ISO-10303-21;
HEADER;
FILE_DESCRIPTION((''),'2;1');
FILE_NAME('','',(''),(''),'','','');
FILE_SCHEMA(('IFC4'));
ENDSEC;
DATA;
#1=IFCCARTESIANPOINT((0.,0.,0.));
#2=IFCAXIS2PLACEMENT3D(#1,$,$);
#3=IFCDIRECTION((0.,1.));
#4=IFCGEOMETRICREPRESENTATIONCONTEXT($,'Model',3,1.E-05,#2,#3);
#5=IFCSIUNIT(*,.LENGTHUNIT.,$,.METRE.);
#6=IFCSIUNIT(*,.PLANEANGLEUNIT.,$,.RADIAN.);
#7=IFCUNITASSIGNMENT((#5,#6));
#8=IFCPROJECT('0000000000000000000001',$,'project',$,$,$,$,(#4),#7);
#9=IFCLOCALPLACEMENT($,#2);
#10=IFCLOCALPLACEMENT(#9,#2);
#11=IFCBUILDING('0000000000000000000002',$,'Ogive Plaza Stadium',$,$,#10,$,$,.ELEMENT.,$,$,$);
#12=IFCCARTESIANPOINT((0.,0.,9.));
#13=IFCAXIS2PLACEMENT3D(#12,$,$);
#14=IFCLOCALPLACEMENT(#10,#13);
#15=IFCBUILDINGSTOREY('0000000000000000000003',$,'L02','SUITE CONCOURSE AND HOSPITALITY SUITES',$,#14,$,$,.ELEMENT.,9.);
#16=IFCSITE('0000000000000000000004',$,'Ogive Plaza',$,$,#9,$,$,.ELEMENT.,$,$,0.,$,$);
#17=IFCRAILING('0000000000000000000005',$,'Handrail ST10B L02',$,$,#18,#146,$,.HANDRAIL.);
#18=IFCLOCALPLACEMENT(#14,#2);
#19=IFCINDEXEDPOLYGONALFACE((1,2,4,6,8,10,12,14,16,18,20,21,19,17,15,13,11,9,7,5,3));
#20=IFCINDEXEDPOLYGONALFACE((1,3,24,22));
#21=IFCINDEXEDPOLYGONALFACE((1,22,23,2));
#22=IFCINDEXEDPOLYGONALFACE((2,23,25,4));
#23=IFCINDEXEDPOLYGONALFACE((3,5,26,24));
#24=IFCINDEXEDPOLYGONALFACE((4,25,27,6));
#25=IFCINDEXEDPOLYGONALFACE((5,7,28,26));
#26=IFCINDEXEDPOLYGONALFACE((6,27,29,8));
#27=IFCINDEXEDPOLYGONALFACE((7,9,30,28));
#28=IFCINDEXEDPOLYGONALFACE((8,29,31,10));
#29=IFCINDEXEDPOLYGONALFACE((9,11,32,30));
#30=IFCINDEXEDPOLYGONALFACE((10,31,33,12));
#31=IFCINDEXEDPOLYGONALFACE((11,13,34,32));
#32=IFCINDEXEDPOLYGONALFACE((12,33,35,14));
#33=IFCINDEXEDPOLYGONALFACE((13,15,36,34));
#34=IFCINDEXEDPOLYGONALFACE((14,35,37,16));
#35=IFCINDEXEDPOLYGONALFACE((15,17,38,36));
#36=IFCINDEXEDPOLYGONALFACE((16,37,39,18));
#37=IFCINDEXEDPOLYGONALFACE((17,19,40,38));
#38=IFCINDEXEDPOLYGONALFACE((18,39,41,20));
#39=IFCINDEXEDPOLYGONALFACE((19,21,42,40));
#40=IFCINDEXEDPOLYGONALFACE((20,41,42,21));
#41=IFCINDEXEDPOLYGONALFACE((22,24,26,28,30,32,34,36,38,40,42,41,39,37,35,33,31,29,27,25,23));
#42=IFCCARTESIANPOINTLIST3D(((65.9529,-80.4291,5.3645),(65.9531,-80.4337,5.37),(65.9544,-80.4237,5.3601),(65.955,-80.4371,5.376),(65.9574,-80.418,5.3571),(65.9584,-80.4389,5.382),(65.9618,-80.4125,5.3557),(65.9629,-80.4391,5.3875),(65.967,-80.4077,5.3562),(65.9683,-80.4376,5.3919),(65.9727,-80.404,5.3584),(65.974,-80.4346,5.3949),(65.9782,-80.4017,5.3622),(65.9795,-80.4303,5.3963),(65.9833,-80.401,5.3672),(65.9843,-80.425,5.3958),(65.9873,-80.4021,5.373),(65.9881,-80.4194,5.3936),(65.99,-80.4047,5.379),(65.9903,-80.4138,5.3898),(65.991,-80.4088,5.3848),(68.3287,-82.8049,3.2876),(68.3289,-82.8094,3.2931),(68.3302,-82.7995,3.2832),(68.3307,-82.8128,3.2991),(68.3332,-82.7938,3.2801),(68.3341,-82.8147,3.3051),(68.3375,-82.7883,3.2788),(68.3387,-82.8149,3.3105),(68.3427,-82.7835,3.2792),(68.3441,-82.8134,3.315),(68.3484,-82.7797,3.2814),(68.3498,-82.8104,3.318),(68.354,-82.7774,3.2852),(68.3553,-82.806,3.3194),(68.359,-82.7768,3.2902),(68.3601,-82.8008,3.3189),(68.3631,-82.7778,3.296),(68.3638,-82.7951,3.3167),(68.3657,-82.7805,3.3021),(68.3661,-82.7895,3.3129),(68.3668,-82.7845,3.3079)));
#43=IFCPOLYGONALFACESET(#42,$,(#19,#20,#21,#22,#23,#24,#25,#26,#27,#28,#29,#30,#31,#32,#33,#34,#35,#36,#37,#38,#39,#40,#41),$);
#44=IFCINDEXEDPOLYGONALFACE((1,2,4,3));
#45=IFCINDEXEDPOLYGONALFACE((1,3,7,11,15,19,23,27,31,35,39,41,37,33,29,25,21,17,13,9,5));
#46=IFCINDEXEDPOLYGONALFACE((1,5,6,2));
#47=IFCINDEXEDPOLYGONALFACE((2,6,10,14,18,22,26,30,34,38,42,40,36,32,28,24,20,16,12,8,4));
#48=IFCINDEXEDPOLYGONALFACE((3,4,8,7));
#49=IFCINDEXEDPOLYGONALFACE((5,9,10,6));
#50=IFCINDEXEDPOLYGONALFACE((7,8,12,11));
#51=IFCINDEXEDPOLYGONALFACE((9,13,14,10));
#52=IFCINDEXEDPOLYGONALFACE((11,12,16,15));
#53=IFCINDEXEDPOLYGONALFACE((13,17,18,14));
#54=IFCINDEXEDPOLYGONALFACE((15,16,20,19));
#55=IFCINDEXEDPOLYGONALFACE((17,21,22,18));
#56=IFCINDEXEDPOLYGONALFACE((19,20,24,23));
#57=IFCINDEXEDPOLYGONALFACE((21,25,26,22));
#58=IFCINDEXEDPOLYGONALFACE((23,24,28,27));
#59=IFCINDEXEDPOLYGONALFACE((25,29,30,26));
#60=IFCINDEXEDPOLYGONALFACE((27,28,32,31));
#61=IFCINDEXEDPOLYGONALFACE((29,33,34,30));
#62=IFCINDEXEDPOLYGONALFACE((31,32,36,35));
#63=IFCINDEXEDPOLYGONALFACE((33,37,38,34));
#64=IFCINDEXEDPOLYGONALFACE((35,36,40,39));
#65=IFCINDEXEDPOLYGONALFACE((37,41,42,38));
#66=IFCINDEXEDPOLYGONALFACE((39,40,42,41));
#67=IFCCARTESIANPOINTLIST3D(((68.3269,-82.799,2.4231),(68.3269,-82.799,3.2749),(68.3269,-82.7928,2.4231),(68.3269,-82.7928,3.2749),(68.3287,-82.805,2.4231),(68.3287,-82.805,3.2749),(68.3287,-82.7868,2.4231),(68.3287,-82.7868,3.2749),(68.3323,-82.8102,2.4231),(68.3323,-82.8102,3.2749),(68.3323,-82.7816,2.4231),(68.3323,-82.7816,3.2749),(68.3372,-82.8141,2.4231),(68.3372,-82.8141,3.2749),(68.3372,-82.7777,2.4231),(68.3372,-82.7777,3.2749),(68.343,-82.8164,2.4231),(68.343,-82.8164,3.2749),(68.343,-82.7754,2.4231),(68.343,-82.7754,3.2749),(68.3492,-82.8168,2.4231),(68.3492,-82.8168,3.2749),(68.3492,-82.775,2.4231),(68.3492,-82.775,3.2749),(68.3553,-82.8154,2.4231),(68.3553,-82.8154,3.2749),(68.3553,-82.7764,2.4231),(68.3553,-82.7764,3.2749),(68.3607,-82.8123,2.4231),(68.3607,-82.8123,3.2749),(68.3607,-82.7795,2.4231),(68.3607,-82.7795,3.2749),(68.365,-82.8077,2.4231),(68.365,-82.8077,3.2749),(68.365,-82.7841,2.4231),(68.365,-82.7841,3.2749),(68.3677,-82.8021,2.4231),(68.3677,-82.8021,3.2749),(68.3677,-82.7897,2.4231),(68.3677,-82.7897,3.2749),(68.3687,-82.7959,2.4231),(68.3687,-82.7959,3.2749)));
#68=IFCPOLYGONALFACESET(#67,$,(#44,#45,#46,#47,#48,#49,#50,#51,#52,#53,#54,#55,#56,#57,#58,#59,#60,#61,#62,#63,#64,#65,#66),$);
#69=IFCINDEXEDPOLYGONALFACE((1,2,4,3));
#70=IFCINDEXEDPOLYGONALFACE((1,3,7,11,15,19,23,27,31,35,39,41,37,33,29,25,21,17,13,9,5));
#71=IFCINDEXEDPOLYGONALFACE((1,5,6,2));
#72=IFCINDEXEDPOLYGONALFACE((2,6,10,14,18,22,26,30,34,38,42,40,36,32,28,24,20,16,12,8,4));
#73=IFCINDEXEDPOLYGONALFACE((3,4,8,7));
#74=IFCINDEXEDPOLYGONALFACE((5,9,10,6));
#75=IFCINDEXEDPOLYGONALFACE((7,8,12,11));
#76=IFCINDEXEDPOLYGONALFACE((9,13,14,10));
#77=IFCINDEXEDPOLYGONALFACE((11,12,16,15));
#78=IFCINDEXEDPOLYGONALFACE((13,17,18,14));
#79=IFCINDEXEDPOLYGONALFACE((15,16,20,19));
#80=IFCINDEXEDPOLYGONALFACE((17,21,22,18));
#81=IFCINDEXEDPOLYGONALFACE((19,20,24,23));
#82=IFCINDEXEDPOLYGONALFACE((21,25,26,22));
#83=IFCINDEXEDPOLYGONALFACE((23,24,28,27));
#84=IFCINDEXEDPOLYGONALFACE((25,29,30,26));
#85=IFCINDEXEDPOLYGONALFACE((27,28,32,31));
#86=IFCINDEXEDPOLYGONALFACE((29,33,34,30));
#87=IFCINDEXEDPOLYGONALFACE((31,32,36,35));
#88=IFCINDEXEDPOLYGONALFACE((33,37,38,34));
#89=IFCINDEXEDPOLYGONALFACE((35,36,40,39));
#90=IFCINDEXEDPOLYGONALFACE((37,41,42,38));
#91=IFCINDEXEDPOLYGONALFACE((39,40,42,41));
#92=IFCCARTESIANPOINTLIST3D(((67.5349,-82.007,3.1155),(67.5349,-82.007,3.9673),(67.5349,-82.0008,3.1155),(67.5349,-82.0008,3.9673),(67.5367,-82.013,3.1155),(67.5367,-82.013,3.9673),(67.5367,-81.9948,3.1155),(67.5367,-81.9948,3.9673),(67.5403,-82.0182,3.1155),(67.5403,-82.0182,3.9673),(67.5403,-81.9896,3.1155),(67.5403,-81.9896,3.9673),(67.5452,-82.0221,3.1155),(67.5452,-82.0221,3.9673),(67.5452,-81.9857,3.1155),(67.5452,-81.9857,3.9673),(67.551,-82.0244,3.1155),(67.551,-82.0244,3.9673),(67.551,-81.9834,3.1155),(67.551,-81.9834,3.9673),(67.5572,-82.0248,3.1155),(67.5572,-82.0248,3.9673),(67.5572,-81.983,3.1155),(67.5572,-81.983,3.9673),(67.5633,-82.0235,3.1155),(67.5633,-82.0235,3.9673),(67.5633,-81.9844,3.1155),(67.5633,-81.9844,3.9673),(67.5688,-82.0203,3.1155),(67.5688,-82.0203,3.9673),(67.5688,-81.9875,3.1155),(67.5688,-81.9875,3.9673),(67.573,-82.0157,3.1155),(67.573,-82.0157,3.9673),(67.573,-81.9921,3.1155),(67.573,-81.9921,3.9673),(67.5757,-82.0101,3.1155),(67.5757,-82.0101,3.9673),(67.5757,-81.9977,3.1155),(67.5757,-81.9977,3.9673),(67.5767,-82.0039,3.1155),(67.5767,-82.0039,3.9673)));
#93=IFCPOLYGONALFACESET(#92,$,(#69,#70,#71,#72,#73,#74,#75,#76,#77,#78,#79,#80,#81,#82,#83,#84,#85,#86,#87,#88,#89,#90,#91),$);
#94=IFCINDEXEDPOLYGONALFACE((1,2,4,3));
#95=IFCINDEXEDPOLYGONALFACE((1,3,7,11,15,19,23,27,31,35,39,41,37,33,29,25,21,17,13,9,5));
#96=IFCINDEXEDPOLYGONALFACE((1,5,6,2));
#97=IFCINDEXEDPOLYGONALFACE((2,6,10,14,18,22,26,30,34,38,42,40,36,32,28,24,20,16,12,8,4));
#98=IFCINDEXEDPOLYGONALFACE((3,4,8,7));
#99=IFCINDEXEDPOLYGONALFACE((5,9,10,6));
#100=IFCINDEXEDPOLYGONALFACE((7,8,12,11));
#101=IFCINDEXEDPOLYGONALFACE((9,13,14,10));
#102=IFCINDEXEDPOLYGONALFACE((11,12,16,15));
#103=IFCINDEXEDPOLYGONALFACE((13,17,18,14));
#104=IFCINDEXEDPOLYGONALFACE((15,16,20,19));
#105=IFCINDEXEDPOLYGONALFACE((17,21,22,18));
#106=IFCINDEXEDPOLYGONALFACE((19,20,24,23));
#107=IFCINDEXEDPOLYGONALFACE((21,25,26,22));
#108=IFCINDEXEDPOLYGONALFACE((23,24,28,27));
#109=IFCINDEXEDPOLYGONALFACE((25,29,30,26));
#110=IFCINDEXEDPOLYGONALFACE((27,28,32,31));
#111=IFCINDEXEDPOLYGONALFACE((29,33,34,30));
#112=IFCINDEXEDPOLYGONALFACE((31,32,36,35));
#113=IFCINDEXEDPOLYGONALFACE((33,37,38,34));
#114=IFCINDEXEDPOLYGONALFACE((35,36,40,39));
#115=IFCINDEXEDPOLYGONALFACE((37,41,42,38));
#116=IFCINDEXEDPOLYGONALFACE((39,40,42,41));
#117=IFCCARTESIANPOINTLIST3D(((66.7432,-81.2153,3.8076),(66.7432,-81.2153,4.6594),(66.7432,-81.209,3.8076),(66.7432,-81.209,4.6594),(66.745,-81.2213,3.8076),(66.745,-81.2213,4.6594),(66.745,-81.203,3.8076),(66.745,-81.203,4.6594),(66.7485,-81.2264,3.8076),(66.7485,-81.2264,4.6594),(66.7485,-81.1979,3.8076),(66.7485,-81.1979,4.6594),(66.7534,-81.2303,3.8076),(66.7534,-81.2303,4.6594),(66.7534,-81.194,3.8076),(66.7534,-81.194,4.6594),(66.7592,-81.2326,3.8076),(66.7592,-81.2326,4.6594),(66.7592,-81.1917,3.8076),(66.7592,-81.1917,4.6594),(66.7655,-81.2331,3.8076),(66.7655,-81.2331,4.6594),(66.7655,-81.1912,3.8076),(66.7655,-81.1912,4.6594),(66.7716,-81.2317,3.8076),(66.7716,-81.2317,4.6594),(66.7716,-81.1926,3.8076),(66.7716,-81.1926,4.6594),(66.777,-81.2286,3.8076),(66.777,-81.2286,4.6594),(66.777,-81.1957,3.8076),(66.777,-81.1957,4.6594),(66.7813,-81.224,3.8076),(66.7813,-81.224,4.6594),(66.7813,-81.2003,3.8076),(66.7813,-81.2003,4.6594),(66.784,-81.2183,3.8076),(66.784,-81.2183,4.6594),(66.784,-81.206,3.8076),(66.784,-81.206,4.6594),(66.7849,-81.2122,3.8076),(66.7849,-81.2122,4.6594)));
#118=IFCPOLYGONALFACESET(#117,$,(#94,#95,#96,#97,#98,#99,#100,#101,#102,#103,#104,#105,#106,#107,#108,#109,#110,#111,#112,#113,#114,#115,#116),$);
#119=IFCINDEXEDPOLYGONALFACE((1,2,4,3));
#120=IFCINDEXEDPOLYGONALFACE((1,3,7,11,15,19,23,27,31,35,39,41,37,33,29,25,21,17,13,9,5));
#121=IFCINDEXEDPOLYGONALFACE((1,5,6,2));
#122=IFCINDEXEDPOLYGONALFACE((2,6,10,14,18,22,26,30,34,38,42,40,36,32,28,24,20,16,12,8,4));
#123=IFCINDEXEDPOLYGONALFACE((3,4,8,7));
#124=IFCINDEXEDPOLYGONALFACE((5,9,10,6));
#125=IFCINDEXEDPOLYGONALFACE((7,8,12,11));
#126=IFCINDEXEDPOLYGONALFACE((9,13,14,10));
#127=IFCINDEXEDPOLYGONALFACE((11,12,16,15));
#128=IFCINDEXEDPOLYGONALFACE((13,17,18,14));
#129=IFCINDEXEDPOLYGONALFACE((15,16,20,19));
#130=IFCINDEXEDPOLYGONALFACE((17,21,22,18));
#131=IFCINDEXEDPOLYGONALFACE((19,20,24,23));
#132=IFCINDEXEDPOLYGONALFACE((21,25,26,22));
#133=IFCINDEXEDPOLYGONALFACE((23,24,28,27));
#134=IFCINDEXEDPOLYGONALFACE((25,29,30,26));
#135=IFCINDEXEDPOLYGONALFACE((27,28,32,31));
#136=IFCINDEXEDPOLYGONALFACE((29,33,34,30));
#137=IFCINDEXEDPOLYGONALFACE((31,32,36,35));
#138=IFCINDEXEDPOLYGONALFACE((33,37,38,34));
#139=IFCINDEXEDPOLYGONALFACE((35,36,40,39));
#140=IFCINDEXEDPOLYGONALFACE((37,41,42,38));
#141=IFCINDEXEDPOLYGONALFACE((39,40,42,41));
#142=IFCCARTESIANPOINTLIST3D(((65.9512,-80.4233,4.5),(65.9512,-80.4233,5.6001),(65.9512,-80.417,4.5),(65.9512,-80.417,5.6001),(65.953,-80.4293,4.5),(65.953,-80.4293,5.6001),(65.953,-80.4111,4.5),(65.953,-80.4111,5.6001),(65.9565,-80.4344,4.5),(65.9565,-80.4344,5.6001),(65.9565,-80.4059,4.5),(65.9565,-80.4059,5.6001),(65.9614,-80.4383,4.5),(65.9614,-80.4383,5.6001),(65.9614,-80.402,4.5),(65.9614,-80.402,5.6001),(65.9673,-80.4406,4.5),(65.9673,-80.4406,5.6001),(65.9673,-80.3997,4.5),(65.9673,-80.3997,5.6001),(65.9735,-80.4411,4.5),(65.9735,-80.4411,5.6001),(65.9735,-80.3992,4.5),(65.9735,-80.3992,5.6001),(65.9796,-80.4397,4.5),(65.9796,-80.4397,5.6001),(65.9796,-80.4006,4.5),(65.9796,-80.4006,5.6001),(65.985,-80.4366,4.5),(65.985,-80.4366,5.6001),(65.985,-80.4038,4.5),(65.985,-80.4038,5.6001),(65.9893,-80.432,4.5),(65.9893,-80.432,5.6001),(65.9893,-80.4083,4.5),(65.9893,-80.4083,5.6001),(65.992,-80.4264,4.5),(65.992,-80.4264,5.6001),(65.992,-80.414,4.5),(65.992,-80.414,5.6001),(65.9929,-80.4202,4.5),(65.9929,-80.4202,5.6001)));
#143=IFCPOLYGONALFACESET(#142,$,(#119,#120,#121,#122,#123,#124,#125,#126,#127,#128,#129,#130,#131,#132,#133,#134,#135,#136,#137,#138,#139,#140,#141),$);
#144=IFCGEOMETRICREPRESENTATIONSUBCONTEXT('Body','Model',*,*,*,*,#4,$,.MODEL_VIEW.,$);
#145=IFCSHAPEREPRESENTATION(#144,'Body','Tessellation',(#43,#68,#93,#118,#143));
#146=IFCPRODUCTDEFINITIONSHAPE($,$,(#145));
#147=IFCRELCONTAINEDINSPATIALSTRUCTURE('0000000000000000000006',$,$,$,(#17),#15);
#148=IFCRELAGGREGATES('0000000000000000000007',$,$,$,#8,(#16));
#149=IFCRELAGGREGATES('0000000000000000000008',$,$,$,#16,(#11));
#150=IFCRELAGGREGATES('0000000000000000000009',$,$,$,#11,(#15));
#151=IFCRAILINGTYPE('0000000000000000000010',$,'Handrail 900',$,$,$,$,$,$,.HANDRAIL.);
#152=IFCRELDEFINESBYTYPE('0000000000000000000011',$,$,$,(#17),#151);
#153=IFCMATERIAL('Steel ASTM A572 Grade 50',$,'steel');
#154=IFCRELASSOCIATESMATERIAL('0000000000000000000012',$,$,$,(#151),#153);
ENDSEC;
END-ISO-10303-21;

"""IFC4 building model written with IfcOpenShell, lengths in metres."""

from ifc_helpers import new_model, si_unit, direction, frame, origin, origin_2d, place, context, subcontext, project, spatial, circle, extrude, material, type_object, element, save


model = new_model("IFC4")

# Units and contexts
model_context = context("Model", 3, precision=1e-05, world=origin(), true_north=direction((0.0, 1.0)))
body_context = subcontext(model_context, "Body", "Model", "MODEL_VIEW")
ifc_project = project(units=[si_unit("LENGTHUNIT", "METRE"), si_unit("PLANEANGLEUNIT", "RADIAN")], contexts=[model_context])

# Site, building, storey
site_placement = place(None, origin())
site = spatial("IfcSite", under=ifc_project, at=site_placement, Name="Ogive Plaza", CompositionType="ELEMENT", RefElevation=0.0)
building_placement = place(site_placement, origin())
building = spatial("IfcBuilding", under=site, at=building_placement, Name="Ogive Plaza Stadium", CompositionType="ELEMENT")
storey_placement = place(building_placement, frame((0.0, 0.0, 9.0)))
storey = spatial("IfcBuildingStorey", under=building, at=storey_placement, Name="L02", Description="SUITE CONCOURSE AND HOSPITALITY SUITES", CompositionType="ELEMENT", Elevation=9.0)

# Railing
ifc_material_1 = material(Name="Steel ASTM A572 Grade 50", Category="steel")
railing_type_1 = type_object("IfcRailingType", Name="Handrail 900", PredefinedType="HANDRAIL", material=ifc_material_1)
railing_1_placement = place(storey_placement, frame((68.3477, -82.7959, 2.4231)))
element("IfcRailing", 1, at=railing_1_placement, inside=storey, type_object=railing_type_1, Name="Handrail ST10B L02", PredefinedType="HANDRAIL", context=body_context, shape_type="SweptSolid", body=[
    extrude(circle(Radius=0.0239, at=origin_2d()), frame((0.0, 0.0, 0.876), z_axis=(-0.601466, 0.601466, 0.525811), x_axis=(-0.707107, -0.707107, 0.0)), (0.0, 0.0, 1.0), 3.95),
    extrude(circle(Radius=0.021, at=origin_2d()), origin(), (0.0, 0.0, 1.0), 0.8518),
    extrude(circle(Radius=0.021, at=origin_2d()), frame((-0.792, 0.792, 0.6924)), (0.0, 0.0, 1.0), 0.8518),
    extrude(circle(Radius=0.021, at=origin_2d()), frame((-1.5837, 1.5837, 1.3845)), (0.0, 0.0, 1.0), 0.8518),
    extrude(circle(Radius=0.021, at=origin_2d()), frame((-2.3757, 2.3757, 2.0769)), (0.0, 0.0, 1.0), 1.1001),
])

save(model, "model.ifc")
